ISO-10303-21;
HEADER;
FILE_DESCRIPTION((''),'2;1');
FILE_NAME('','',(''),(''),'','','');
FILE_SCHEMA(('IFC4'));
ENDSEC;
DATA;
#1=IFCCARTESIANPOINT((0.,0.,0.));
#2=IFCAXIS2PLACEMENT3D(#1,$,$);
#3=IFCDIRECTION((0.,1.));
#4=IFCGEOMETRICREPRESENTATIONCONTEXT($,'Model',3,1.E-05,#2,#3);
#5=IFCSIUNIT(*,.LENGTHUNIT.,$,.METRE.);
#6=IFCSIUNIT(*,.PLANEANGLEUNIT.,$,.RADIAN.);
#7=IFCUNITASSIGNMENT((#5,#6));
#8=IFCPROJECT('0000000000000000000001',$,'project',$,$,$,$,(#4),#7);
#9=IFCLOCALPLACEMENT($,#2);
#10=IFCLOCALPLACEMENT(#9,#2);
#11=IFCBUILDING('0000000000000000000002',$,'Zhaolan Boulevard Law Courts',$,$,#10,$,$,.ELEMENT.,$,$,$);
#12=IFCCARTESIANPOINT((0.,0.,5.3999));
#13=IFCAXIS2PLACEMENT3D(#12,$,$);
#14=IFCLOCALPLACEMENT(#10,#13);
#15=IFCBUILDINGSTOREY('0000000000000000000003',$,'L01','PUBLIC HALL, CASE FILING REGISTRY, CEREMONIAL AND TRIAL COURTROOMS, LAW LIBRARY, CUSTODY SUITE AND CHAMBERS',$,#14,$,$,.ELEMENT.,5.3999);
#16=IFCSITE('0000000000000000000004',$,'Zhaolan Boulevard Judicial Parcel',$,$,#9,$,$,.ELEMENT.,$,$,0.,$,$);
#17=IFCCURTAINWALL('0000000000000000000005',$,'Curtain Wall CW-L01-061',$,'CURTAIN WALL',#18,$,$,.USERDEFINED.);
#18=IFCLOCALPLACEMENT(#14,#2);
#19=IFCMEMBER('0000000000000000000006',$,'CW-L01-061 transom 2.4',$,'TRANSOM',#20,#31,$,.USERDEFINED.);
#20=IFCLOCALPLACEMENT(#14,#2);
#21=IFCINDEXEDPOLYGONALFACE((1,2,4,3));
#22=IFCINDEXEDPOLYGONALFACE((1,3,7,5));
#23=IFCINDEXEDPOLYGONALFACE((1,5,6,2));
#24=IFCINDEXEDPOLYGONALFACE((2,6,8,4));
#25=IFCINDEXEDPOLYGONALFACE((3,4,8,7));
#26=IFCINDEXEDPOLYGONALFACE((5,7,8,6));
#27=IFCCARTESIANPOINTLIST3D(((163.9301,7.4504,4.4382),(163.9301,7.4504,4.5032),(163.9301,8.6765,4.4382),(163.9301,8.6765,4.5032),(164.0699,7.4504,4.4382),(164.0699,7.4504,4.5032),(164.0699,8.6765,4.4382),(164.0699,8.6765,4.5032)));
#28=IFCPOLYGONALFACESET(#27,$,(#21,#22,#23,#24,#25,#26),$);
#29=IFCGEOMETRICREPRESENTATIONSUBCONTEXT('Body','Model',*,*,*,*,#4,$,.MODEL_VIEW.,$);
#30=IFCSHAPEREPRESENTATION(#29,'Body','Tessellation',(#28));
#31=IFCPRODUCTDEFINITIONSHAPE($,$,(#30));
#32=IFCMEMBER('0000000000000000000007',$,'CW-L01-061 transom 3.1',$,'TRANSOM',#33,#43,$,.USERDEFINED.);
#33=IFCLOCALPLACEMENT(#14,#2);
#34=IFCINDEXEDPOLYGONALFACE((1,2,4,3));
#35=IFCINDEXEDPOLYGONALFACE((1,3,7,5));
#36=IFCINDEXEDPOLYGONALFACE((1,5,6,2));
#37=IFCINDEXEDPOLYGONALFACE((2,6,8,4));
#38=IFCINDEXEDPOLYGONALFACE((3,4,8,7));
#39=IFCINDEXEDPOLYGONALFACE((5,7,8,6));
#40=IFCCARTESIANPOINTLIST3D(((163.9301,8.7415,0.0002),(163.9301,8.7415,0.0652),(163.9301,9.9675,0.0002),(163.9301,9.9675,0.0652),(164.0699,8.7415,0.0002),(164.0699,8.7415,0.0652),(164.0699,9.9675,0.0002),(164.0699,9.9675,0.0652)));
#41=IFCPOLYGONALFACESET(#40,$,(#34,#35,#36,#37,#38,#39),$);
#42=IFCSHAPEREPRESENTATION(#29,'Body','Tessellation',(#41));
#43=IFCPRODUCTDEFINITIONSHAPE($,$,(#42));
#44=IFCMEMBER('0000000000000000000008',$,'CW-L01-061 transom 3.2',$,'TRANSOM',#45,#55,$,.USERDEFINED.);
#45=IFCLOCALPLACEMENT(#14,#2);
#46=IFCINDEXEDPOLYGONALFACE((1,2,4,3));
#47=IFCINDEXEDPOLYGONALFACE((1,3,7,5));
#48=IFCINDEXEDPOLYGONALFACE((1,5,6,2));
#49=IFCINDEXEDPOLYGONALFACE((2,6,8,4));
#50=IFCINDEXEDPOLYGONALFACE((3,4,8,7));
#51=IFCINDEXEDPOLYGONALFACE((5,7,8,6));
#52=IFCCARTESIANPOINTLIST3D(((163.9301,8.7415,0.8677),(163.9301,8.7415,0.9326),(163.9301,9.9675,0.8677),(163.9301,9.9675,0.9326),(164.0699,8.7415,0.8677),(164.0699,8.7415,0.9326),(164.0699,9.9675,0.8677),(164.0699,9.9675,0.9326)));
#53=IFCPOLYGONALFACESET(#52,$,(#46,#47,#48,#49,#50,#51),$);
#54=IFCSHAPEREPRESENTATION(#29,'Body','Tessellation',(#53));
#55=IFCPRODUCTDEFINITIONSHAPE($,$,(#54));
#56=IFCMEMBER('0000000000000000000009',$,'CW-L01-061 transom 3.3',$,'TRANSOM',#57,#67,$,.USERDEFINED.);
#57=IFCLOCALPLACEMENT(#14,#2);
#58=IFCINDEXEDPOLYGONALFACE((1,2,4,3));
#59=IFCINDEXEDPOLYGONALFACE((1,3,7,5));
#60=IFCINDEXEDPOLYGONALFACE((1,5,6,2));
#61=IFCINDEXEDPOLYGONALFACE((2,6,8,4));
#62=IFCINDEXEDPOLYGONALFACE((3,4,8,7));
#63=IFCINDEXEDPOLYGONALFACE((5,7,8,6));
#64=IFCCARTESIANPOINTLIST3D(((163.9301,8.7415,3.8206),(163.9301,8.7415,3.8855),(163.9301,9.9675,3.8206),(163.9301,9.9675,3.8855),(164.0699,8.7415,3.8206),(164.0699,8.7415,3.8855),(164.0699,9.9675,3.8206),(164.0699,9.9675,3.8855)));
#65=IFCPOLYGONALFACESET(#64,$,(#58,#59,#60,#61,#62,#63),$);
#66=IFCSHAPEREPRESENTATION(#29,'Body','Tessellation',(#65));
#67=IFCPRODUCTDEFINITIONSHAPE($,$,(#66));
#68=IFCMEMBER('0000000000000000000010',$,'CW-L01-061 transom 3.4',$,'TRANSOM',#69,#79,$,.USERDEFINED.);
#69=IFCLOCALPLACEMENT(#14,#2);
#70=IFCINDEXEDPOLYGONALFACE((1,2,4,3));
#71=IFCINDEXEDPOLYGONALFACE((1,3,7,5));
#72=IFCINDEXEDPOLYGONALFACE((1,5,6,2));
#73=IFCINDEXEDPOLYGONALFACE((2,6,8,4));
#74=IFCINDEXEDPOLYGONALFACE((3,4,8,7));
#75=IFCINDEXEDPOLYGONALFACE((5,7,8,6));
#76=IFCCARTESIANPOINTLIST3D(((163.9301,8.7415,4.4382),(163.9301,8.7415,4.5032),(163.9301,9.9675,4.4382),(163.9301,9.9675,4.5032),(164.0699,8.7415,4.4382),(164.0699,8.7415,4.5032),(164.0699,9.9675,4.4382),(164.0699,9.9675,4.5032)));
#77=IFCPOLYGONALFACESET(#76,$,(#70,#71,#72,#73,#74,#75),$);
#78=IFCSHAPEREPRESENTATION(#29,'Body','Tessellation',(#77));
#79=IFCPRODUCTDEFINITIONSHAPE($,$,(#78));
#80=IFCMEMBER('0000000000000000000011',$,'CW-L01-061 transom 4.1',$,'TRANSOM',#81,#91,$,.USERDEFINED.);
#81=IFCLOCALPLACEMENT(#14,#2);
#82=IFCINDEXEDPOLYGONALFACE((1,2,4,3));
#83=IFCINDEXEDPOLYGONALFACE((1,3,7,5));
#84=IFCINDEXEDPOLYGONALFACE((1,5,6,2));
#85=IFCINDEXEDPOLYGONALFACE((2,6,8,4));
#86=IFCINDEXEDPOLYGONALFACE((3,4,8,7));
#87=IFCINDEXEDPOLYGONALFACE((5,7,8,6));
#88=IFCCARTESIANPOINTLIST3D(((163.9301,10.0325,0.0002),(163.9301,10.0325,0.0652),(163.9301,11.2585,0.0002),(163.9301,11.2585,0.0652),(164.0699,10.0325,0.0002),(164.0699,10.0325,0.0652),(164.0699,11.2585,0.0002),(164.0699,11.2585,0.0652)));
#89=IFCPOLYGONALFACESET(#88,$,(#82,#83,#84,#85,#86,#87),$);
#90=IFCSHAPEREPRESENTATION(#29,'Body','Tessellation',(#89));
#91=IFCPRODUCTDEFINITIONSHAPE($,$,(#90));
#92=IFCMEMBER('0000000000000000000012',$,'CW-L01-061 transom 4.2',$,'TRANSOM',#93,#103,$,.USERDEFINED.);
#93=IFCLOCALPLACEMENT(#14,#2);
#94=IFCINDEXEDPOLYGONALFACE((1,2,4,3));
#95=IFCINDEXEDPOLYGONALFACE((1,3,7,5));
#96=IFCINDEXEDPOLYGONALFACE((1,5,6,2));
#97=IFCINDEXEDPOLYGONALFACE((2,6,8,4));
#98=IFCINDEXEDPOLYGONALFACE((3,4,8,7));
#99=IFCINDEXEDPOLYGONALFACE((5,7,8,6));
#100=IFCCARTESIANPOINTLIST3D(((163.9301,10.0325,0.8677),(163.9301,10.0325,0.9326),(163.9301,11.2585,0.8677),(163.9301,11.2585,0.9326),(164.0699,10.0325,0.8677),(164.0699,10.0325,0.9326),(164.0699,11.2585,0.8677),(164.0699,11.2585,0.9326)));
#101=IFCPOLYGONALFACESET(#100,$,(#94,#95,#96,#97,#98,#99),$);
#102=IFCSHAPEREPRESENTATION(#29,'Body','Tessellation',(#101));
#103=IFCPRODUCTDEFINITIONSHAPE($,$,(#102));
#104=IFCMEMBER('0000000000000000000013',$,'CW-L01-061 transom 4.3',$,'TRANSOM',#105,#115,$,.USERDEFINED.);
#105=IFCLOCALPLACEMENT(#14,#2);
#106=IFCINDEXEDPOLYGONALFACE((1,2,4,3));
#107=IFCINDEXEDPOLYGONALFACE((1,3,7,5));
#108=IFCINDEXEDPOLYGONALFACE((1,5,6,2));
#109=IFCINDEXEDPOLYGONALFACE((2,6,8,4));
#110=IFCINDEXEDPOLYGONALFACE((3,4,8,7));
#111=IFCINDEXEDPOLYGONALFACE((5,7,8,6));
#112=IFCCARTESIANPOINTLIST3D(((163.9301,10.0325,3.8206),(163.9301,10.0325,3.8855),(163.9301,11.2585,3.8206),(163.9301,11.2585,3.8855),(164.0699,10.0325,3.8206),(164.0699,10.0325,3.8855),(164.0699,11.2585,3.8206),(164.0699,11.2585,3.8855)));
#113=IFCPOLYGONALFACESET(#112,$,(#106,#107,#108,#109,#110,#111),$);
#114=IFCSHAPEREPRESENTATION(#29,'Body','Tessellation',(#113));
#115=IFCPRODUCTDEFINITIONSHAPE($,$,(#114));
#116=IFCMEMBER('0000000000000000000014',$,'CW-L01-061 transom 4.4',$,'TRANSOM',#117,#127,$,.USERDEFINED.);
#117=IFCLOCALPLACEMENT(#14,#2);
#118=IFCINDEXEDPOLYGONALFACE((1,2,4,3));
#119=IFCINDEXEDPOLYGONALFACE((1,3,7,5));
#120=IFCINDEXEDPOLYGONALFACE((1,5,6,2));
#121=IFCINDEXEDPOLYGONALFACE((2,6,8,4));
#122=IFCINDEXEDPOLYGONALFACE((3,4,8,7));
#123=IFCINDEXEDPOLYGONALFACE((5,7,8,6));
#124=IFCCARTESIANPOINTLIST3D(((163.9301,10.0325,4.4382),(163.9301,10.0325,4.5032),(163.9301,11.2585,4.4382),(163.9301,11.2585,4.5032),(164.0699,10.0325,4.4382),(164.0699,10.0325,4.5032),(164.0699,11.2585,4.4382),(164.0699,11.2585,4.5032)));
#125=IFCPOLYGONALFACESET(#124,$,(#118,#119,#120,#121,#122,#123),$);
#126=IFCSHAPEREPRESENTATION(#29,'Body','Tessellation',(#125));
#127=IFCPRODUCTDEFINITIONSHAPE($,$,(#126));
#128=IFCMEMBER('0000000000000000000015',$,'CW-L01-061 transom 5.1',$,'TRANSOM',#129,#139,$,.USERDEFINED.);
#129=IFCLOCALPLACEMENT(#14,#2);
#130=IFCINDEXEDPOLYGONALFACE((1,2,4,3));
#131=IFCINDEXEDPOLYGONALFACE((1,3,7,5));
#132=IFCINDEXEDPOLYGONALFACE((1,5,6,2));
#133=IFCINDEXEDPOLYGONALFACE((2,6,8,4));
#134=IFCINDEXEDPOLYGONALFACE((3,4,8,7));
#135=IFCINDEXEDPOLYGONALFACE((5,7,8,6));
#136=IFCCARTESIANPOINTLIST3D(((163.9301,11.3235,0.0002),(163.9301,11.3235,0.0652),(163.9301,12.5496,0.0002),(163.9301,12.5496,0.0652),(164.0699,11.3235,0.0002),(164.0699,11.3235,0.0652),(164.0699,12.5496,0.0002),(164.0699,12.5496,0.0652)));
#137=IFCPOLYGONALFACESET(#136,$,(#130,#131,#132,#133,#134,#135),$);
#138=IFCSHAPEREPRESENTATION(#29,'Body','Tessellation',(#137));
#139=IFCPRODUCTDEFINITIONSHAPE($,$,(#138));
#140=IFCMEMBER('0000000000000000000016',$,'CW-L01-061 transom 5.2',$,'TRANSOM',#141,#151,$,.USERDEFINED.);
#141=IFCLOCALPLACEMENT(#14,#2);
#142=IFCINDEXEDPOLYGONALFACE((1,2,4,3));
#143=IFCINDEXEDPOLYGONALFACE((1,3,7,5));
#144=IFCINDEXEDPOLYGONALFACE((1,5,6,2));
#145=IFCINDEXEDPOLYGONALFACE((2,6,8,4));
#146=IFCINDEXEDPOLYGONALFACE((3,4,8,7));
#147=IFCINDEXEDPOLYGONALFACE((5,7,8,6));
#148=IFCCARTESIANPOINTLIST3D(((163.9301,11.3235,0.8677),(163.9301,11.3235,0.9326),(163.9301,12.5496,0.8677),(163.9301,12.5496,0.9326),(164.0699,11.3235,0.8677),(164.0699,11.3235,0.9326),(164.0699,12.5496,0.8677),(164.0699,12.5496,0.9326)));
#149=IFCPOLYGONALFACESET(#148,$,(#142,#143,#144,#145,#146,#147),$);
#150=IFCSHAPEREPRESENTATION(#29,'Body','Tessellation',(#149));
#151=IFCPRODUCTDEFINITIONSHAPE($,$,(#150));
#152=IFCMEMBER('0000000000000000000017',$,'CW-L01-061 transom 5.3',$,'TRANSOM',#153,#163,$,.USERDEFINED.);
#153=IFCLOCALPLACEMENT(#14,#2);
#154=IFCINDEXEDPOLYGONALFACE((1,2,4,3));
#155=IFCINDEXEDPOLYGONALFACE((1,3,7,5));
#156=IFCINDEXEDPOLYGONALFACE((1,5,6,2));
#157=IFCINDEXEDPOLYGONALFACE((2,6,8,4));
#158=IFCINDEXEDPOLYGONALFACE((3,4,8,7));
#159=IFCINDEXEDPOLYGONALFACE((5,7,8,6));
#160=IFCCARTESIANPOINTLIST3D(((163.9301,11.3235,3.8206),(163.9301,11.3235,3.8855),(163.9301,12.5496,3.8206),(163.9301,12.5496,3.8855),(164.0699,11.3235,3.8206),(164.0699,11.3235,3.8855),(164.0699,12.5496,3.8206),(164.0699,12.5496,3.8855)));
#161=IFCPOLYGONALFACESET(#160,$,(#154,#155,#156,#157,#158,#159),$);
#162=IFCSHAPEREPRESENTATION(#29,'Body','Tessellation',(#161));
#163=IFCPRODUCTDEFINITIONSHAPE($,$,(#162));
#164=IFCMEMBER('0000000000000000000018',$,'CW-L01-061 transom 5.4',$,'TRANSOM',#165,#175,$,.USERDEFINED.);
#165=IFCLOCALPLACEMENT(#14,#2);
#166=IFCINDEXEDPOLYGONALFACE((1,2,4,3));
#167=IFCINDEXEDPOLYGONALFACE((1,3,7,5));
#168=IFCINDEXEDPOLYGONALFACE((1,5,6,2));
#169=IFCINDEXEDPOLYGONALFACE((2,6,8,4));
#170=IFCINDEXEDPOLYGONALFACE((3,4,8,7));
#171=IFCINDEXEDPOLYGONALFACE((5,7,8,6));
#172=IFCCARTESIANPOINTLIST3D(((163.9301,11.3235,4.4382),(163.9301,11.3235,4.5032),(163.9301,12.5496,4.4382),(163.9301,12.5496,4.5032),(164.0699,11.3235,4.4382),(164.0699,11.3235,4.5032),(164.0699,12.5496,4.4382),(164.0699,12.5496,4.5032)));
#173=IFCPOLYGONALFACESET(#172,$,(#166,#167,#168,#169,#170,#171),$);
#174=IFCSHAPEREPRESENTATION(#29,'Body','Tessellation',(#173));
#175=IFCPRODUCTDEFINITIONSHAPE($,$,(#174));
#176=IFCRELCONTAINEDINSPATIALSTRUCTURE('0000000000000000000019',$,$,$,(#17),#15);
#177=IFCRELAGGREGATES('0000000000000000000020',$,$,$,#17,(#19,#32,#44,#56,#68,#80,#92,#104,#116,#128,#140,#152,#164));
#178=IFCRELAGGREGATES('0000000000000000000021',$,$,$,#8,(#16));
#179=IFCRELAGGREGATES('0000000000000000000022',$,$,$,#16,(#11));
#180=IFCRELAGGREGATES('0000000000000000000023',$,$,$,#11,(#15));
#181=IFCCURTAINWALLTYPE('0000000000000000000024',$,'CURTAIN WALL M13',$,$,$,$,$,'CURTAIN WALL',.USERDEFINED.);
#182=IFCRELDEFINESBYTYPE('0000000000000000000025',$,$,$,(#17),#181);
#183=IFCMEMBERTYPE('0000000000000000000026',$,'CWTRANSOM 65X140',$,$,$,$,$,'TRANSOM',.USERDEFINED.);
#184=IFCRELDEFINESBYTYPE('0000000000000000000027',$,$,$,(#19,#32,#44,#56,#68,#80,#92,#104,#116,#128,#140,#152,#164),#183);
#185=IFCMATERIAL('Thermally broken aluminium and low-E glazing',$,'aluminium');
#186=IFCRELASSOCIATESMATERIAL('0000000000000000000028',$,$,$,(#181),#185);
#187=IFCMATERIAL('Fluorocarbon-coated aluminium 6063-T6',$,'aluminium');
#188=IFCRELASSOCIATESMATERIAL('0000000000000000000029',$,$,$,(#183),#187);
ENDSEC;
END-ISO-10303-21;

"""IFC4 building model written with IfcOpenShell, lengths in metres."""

from ifc_helpers import new_model, si_unit, direction, frame, origin, origin_2d, place, context, subcontext, project, spatial, rectangle, extrude, material, material_profile, profile_set, type_object, element, aggregate, save


model = new_model("IFC4")

# Units and contexts
model_context = context("Model", 3, precision=1e-05, world=origin(), true_north=direction((0.0, 1.0)))
body_context = subcontext(model_context, "Body", "Model", "MODEL_VIEW")
ifc_project = project(units=[si_unit("LENGTHUNIT", "METRE"), si_unit("PLANEANGLEUNIT", "RADIAN")], contexts=[model_context])

# Site, building, storey
site_placement = place(None, origin())
site = spatial("IfcSite", under=ifc_project, at=site_placement, Name="Zhaolan Boulevard Judicial Parcel", CompositionType="ELEMENT", RefElevation=0.0)
building_placement = place(site_placement, origin())
building = spatial("IfcBuilding", under=site, at=building_placement, Name="Zhaolan Boulevard Law Courts", CompositionType="ELEMENT")
storey_placement = place(building_placement, frame((0.0, 0.0, 5.3999)))
storey = spatial("IfcBuildingStorey", under=building, at=storey_placement, Name="L01", Description="PUBLIC HALL, CASE FILING REGISTRY, CEREMONIAL AND TRIAL COURTROOMS, LAW LIBRARY, CUSTODY SUITE AND CHAMBERS", CompositionType="ELEMENT", Elevation=5.3999)

# Curtain wall, members
ifc_material_1 = material(Name="Thermally broken aluminium and low-E glazing", Category="aluminium")
curtain_wall_type = type_object("IfcCurtainWallType", Name="CURTAIN WALL M13", ElementType="CURTAIN WALL", PredefinedType="USERDEFINED", material=ifc_material_1)
curtain_wall_placement = place(storey_placement, origin())
curtain_wall = element("IfcCurtainWall", 1, at=curtain_wall_placement, inside=storey, type_object=curtain_wall_type, Name="Curtain Wall CW-L01-061", ObjectType="CURTAIN WALL", PredefinedType="USERDEFINED")
ifc_material_2 = material(Name="Fluorocarbon-coated aluminium 6063-T6", Category="aluminium")
ifc_material_profile_1 = material_profile(ifc_material_2, rectangle(XDim=0.1399, YDim=0.0649, at=origin_2d()), Name="AL65x140")
ifc_profile_set_1 = profile_set([ifc_material_profile_1], Name="Fluorocarbon-coated aluminium 6063-T6")
member_type_1 = type_object("IfcMemberType", Name="CWTRANSOM 65X140", ElementType="TRANSOM", PredefinedType="USERDEFINED", material=ifc_profile_set_1)
member_1_placement = place(storey_placement, frame((164.0, 7.4504, 4.4707), z_axis=(0.0, 1.0, 0.0), x_axis=(-1.0, 0.0, 0.0)))
member_1 = element("IfcMember", 2, at=member_1_placement, type_object=member_type_1, Name="CW-L01-061 transom 2.4", ObjectType="TRANSOM", PredefinedType="USERDEFINED", context=body_context, shape_type="SweptSolid", body=[
    extrude(rectangle(XDim=0.1399, YDim=0.0649, at=origin_2d()), origin(), (0.0, 0.0, 1.0), 1.2261),
])
member_2_placement = place(storey_placement, frame((164.0, 8.7415, 0.0327), z_axis=(0.0, 1.0, 0.0), x_axis=(-1.0, 0.0, 0.0)))
member_2 = element("IfcMember", 3, at=member_2_placement, type_object=member_type_1, Name="CW-L01-061 transom 3.1", ObjectType="TRANSOM", PredefinedType="USERDEFINED", context=body_context, shape_type="SweptSolid", body=[
    extrude(rectangle(XDim=0.1399, YDim=0.0649, at=origin_2d()), origin(), (0.0, 0.0, 1.0), 1.2261),
])
member_3_placement = place(storey_placement, frame((164.0, 8.7415, 0.9001), z_axis=(0.0, 1.0, 0.0), x_axis=(-1.0, 0.0, 0.0)))
member_3 = element("IfcMember", 4, at=member_3_placement, type_object=member_type_1, Name="CW-L01-061 transom 3.2", ObjectType="TRANSOM", PredefinedType="USERDEFINED", context=body_context, shape_type="SweptSolid", body=[
    extrude(rectangle(XDim=0.1399, YDim=0.0649, at=origin_2d()), origin(), (0.0, 0.0, 1.0), 1.2261),
])
member_4_placement = place(storey_placement, frame((164.0, 8.7415, 3.853), z_axis=(0.0, 1.0, 0.0), x_axis=(-1.0, 0.0, 0.0)))
member_4 = element("IfcMember", 5, at=member_4_placement, type_object=member_type_1, Name="CW-L01-061 transom 3.3", ObjectType="TRANSOM", PredefinedType="USERDEFINED", context=body_context, shape_type="SweptSolid", body=[
    extrude(rectangle(XDim=0.1399, YDim=0.0649, at=origin_2d()), origin(), (0.0, 0.0, 1.0), 1.2261),
])
member_5_placement = place(storey_placement, frame((164.0, 8.7415, 4.4707), z_axis=(0.0, 1.0, 0.0), x_axis=(-1.0, 0.0, 0.0)))
member_5 = element("IfcMember", 6, at=member_5_placement, type_object=member_type_1, Name="CW-L01-061 transom 3.4", ObjectType="TRANSOM", PredefinedType="USERDEFINED", context=body_context, shape_type="SweptSolid", body=[
    extrude(rectangle(XDim=0.1399, YDim=0.0649, at=origin_2d()), origin(), (0.0, 0.0, 1.0), 1.2261),
])
member_6_placement = place(storey_placement, frame((164.0, 10.0325, 0.0327), z_axis=(0.0, 1.0, 0.0), x_axis=(-1.0, 0.0, 0.0)))
member_6 = element("IfcMember", 7, at=member_6_placement, type_object=member_type_1, Name="CW-L01-061 transom 4.1", ObjectType="TRANSOM", PredefinedType="USERDEFINED", context=body_context, shape_type="SweptSolid", body=[
    extrude(rectangle(XDim=0.1399, YDim=0.0649, at=origin_2d()), origin(), (0.0, 0.0, 1.0), 1.2261),
])
member_7_placement = place(storey_placement, frame((164.0, 10.0325, 0.9001), z_axis=(0.0, 1.0, 0.0), x_axis=(-1.0, 0.0, 0.0)))
member_7 = element("IfcMember", 8, at=member_7_placement, type_object=member_type_1, Name="CW-L01-061 transom 4.2", ObjectType="TRANSOM", PredefinedType="USERDEFINED", context=body_context, shape_type="SweptSolid", body=[
    extrude(rectangle(XDim=0.1399, YDim=0.0649, at=origin_2d()), origin(), (0.0, 0.0, 1.0), 1.2261),
])
member_8_placement = place(storey_placement, frame((164.0, 10.0325, 3.853), z_axis=(0.0, 1.0, 0.0), x_axis=(-1.0, 0.0, 0.0)))
member_8 = element("IfcMember", 9, at=member_8_placement, type_object=member_type_1, Name="CW-L01-061 transom 4.3", ObjectType="TRANSOM", PredefinedType="USERDEFINED", context=body_context, shape_type="SweptSolid", body=[
    extrude(rectangle(XDim=0.1399, YDim=0.0649, at=origin_2d()), origin(), (0.0, 0.0, 1.0), 1.2261),
])
member_9_placement = place(storey_placement, frame((164.0, 10.0325, 4.4707), z_axis=(0.0, 1.0, 0.0), x_axis=(-1.0, 0.0, 0.0)))
member_9 = element("IfcMember", 10, at=member_9_placement, type_object=member_type_1, Name="CW-L01-061 transom 4.4", ObjectType="TRANSOM", PredefinedType="USERDEFINED", context=body_context, shape_type="SweptSolid", body=[
    extrude(rectangle(XDim=0.1399, YDim=0.0649, at=origin_2d()), origin(), (0.0, 0.0, 1.0), 1.2261),
])
member_10_placement = place(storey_placement, frame((164.0, 11.3235, 0.0327), z_axis=(0.0, 1.0, 0.0), x_axis=(-1.0, 0.0, 0.0)))
member_10 = element("IfcMember", 11, at=member_10_placement, type_object=member_type_1, Name="CW-L01-061 transom 5.1", ObjectType="TRANSOM", PredefinedType="USERDEFINED", context=body_context, shape_type="SweptSolid", body=[
    extrude(rectangle(XDim=0.1399, YDim=0.0649, at=origin_2d()), origin(), (0.0, 0.0, 1.0), 1.2261),
])
member_11_placement = place(storey_placement, frame((164.0, 11.3235, 0.9001), z_axis=(0.0, 1.0, 0.0), x_axis=(-1.0, 0.0, 0.0)))
member_11 = element("IfcMember", 12, at=member_11_placement, type_object=member_type_1, Name="CW-L01-061 transom 5.2", ObjectType="TRANSOM", PredefinedType="USERDEFINED", context=body_context, shape_type="SweptSolid", body=[
    extrude(rectangle(XDim=0.1399, YDim=0.0649, at=origin_2d()), origin(), (0.0, 0.0, 1.0), 1.2261),
])
member_12_placement = place(storey_placement, frame((164.0, 11.3235, 3.853), z_axis=(0.0, 1.0, 0.0), x_axis=(-1.0, 0.0, 0.0)))
member_12 = element("IfcMember", 13, at=member_12_placement, type_object=member_type_1, Name="CW-L01-061 transom 5.3", ObjectType="TRANSOM", PredefinedType="USERDEFINED", context=body_context, shape_type="SweptSolid", body=[
    extrude(rectangle(XDim=0.1399, YDim=0.0649, at=origin_2d()), origin(), (0.0, 0.0, 1.0), 1.2261),
])
member_13_placement = place(storey_placement, frame((164.0, 11.3235, 4.4707), z_axis=(0.0, 1.0, 0.0), x_axis=(-1.0, 0.0, 0.0)))
member_13 = element("IfcMember", 14, at=member_13_placement, type_object=member_type_1, Name="CW-L01-061 transom 5.4", ObjectType="TRANSOM", PredefinedType="USERDEFINED", context=body_context, shape_type="SweptSolid", body=[
    extrude(rectangle(XDim=0.1399, YDim=0.0649, at=origin_2d()), origin(), (0.0, 0.0, 1.0), 1.2261),
])

aggregate(curtain_wall, [member_1, member_2, member_3, member_4, member_5, member_6, member_7, member_8, member_9, member_10, member_11, member_12, member_13])

save(model, "model.ifc")
